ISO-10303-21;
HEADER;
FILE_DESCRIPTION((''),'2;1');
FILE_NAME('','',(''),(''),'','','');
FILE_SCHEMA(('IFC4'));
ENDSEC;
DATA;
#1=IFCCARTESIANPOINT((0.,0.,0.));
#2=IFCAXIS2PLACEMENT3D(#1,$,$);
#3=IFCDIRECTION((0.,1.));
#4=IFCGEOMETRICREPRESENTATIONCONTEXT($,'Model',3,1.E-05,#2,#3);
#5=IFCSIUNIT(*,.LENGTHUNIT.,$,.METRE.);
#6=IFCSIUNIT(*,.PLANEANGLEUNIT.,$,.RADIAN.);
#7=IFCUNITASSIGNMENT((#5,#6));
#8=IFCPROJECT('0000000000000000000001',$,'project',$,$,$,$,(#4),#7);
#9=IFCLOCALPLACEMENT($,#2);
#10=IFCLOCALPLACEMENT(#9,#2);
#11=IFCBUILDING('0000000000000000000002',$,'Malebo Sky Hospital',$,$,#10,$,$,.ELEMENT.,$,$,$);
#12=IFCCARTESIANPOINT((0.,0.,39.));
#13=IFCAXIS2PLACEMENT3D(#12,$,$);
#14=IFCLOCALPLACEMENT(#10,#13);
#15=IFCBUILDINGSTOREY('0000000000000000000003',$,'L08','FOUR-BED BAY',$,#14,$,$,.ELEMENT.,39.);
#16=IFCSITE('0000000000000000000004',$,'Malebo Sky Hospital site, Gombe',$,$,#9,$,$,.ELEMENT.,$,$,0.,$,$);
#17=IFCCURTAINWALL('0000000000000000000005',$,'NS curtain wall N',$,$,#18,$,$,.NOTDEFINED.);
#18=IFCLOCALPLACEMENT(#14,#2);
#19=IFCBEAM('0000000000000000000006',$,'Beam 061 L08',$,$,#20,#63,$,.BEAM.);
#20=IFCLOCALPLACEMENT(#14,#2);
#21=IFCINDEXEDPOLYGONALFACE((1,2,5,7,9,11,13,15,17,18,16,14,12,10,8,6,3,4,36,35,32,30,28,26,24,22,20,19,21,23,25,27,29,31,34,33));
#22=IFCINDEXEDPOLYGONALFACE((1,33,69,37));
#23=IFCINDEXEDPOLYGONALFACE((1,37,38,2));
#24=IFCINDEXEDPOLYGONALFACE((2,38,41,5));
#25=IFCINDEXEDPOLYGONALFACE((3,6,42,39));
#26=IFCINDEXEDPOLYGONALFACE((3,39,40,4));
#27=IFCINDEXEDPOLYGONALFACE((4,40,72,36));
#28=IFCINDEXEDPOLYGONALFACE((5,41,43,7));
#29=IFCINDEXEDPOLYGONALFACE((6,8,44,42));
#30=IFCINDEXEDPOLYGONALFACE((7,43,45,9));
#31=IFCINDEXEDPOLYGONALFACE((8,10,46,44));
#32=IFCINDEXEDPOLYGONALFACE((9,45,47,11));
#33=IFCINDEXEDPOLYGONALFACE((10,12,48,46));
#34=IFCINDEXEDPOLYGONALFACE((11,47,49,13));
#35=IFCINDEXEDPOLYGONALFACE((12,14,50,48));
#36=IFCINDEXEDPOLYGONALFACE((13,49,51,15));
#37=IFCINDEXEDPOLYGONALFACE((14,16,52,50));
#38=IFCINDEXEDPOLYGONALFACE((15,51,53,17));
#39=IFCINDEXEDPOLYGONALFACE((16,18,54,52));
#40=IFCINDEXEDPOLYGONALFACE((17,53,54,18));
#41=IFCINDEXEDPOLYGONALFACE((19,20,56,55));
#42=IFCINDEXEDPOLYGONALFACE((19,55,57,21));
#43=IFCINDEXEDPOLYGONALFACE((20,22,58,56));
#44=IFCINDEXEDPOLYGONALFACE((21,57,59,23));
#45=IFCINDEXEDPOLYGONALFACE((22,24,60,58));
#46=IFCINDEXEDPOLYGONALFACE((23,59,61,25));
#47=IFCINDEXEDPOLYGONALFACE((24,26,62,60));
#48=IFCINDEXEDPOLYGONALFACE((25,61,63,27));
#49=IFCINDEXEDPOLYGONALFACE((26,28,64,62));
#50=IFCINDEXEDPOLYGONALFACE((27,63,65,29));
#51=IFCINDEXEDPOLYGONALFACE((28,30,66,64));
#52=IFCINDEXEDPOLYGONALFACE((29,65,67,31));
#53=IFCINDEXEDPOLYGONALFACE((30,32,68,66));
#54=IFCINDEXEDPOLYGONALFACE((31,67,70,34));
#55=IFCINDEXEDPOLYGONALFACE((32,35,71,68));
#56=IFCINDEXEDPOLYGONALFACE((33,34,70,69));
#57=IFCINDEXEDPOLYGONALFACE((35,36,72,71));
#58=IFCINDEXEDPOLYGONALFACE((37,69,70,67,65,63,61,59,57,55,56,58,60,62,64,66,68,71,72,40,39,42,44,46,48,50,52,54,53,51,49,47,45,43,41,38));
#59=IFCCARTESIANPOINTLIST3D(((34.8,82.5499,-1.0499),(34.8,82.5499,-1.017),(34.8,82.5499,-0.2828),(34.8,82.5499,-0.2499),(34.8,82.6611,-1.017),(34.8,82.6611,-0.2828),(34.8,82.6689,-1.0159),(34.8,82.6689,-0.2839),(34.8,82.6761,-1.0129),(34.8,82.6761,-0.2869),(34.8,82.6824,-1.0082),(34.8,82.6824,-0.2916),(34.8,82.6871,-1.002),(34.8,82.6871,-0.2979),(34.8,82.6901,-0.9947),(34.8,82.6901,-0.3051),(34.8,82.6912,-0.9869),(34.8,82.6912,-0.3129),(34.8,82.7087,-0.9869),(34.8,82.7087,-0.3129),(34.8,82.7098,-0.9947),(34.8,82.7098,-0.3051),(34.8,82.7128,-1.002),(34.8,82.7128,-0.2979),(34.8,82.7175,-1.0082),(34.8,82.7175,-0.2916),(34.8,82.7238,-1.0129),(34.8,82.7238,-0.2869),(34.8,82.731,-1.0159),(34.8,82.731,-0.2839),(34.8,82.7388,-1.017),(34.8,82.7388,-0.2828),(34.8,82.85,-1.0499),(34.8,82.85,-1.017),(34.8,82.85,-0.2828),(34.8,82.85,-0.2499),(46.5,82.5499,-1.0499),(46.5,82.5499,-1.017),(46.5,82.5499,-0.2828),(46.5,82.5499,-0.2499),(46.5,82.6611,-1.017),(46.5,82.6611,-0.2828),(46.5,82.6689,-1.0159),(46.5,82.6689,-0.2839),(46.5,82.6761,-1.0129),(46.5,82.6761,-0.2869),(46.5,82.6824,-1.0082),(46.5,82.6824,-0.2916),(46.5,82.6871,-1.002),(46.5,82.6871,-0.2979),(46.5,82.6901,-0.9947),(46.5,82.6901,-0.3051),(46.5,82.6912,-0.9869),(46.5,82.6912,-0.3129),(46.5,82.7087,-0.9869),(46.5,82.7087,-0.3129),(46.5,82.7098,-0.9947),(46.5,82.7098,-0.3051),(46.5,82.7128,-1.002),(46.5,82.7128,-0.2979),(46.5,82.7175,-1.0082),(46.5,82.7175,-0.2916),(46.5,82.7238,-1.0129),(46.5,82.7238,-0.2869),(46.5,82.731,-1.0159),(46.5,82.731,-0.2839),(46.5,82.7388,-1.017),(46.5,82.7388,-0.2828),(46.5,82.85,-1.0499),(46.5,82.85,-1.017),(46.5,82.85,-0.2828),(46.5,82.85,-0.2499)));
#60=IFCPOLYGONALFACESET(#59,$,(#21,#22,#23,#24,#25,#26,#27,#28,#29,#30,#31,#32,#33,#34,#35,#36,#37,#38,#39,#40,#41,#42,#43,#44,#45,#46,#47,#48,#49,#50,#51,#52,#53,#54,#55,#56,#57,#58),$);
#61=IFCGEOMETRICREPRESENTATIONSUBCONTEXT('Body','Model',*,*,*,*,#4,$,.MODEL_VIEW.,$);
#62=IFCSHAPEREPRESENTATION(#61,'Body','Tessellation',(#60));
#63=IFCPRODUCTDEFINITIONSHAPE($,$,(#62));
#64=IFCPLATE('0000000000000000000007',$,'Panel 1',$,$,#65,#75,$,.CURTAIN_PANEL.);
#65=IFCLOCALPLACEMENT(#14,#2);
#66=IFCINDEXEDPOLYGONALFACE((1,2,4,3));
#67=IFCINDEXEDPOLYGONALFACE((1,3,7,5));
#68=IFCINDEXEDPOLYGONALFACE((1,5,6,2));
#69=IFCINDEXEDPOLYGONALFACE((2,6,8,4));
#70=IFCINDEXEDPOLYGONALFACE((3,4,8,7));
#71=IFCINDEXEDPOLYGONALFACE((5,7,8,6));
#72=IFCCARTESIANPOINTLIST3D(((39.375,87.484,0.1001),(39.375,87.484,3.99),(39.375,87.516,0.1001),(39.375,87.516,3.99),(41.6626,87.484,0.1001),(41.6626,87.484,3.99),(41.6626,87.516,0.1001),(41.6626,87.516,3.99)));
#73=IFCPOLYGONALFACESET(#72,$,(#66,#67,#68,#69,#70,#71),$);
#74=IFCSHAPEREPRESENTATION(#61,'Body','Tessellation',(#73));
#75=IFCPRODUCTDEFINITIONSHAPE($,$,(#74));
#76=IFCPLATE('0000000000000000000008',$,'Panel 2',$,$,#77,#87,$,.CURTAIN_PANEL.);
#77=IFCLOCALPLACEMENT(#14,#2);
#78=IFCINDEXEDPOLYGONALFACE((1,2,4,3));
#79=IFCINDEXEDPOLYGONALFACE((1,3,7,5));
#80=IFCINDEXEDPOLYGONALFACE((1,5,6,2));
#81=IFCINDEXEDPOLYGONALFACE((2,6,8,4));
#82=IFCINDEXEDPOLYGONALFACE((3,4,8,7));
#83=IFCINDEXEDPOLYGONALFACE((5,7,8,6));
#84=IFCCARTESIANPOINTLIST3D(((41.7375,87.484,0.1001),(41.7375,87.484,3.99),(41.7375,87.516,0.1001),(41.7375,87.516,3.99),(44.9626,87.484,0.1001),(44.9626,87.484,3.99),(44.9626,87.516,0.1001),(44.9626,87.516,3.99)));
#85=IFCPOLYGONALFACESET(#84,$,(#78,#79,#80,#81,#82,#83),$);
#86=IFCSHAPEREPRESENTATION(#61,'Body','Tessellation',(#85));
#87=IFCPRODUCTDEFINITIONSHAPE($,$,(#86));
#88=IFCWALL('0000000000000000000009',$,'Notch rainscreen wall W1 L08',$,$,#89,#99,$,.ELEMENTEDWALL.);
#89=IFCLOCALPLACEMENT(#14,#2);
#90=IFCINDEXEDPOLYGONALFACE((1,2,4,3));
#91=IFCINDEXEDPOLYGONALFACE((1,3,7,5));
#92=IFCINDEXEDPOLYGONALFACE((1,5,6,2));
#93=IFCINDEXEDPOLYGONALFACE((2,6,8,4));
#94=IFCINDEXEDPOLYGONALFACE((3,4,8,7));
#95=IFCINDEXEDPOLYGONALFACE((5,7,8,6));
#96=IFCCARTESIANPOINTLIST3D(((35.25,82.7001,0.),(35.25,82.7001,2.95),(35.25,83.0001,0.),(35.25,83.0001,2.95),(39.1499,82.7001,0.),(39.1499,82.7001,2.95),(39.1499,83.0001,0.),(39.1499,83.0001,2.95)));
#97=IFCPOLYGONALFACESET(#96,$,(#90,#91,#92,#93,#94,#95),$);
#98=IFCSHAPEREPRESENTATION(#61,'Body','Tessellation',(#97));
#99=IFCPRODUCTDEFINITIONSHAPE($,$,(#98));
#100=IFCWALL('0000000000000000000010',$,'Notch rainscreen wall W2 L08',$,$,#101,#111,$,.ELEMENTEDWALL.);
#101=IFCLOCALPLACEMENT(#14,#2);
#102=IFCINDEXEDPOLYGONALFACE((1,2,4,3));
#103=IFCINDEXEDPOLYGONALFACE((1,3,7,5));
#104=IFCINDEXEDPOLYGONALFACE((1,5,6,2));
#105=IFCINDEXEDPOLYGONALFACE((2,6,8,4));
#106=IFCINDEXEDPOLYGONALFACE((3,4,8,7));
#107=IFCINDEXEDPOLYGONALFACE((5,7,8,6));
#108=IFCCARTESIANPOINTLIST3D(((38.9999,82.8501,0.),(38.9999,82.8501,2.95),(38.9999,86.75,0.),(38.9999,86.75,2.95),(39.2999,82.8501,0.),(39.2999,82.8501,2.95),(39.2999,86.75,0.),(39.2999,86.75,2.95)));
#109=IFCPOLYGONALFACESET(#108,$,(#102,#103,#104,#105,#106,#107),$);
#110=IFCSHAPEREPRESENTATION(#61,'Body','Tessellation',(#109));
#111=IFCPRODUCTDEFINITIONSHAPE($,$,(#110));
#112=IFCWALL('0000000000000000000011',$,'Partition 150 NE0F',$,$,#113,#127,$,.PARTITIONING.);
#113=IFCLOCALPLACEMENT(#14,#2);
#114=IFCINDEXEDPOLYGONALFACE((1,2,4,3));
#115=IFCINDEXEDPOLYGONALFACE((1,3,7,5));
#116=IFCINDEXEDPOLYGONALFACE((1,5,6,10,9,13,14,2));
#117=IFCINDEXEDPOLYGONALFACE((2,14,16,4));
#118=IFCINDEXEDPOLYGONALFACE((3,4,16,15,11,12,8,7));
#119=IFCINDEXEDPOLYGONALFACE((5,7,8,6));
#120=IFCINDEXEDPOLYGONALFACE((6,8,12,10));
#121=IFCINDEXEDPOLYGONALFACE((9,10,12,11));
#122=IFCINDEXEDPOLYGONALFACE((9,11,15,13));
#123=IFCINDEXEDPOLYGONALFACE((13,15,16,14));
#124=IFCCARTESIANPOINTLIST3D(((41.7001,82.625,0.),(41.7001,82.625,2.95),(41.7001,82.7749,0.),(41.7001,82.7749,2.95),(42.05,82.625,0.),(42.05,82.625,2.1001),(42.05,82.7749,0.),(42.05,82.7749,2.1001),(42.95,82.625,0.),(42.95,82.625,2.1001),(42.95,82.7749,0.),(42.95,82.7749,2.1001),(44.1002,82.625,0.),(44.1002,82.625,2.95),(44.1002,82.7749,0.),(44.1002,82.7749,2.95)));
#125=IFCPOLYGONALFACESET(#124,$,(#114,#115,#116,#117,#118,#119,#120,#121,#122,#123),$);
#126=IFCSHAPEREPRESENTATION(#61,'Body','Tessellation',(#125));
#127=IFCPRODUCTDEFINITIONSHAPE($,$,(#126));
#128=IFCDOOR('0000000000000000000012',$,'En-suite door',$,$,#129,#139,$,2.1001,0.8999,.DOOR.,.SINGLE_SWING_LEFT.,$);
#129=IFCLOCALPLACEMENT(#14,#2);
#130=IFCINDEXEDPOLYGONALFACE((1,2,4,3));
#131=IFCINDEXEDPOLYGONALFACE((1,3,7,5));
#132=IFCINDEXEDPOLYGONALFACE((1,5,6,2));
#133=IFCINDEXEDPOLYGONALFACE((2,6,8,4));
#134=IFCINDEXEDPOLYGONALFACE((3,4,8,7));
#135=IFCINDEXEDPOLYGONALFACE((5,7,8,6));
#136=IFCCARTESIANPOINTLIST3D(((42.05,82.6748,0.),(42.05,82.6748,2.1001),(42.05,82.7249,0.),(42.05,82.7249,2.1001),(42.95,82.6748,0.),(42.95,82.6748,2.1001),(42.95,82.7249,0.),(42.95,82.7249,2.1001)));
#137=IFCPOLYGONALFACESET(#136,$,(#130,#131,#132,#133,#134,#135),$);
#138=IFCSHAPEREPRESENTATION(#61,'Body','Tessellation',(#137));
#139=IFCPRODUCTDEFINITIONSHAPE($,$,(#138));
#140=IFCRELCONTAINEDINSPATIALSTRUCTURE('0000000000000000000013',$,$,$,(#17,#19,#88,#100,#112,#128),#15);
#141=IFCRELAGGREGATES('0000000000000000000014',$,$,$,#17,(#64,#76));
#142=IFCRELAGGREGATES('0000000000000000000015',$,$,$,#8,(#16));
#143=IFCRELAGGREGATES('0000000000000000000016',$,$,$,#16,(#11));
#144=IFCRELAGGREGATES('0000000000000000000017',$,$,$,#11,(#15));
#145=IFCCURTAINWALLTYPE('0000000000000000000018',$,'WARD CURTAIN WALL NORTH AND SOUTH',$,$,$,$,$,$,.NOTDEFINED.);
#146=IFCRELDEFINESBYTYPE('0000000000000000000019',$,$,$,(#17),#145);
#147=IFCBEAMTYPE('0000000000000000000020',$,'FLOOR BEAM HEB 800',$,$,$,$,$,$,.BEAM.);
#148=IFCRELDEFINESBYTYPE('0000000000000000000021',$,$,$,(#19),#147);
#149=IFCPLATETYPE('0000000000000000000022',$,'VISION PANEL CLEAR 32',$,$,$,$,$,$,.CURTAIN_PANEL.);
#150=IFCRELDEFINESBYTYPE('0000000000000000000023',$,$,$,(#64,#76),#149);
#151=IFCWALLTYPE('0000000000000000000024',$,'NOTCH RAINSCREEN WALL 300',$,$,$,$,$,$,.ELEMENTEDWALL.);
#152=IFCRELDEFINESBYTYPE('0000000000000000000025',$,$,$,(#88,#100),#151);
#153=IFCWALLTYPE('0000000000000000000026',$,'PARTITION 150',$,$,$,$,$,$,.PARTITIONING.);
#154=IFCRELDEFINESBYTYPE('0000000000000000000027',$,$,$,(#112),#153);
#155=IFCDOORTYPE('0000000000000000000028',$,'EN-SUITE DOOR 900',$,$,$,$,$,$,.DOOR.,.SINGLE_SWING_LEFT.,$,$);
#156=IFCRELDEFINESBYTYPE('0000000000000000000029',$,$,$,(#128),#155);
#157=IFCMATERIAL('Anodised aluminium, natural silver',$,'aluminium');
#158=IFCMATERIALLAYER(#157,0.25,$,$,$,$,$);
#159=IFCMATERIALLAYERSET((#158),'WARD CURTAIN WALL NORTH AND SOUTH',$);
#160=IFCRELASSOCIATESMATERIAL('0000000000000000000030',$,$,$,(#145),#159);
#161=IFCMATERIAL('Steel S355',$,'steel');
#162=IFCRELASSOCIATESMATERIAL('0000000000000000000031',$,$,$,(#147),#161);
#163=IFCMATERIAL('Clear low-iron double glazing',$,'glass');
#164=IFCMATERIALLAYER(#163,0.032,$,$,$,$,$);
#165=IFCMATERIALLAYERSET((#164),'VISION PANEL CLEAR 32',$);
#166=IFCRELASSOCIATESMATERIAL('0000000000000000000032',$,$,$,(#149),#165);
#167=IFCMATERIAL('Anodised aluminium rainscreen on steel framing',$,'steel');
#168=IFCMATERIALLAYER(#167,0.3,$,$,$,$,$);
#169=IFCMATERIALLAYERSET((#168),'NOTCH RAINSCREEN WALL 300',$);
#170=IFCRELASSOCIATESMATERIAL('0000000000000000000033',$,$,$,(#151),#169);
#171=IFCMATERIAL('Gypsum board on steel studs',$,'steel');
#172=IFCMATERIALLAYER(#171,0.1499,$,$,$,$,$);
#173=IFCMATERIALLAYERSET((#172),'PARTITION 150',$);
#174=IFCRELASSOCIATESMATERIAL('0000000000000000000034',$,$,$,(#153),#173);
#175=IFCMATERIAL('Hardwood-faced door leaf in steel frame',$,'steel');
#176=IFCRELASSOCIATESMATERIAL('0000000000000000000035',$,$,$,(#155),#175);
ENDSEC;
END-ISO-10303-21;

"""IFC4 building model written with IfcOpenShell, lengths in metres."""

from ifc_helpers import new_model, si_unit, direction, frame, frame_2d, origin, origin_2d, place, context, subcontext, project, spatial, rectangle, i_section, extrude, material, layer, layer_set, material_profile, profile_set, type_object, element, fill, aggregate, save


model = new_model("IFC4")

# Units and contexts
model_context = context("Model", 3, precision=1e-05, world=origin(), true_north=direction((0.0, 1.0)))
body_context = subcontext(model_context, "Body", "Model", "MODEL_VIEW")
ifc_project = project(units=[si_unit("LENGTHUNIT", "METRE"), si_unit("PLANEANGLEUNIT", "RADIAN")], contexts=[model_context])

# Site, building, storey
site_placement = place(None, origin())
site = spatial("IfcSite", under=ifc_project, at=site_placement, Name="Malebo Sky Hospital site, Gombe", CompositionType="ELEMENT", RefElevation=0.0)
building_placement = place(site_placement, origin())
building = spatial("IfcBuilding", under=site, at=building_placement, Name="Malebo Sky Hospital", CompositionType="ELEMENT")
storey_placement = place(building_placement, frame((0.0, 0.0, 39.0)))
storey = spatial("IfcBuildingStorey", under=building, at=storey_placement, Name="L08", Description="FOUR-BED BAY", CompositionType="ELEMENT", Elevation=39.0)

# Curtain wall
ifc_material_1 = material(Name="Anodised aluminium, natural silver", Category="aluminium")
ifc_layer_1 = layer(ifc_material_1, 0.25)
ifc_layer_set_1 = layer_set([ifc_layer_1], Name="WARD CURTAIN WALL NORTH AND SOUTH")
curtain_wall_type_1 = type_object("IfcCurtainWallType", Name="WARD CURTAIN WALL NORTH AND SOUTH", PredefinedType="NOTDEFINED", material=ifc_layer_set_1)
curtain_wall_1_placement = place(storey_placement, origin())
curtain_wall_1 = element("IfcCurtainWall", 1, at=curtain_wall_1_placement, inside=storey, type_object=curtain_wall_type_1, Name="NS curtain wall N", PredefinedType="NOTDEFINED")

# Beam
ifc_material_2 = material(Name="Steel S355", Category="steel")
ifc_material_profile_1 = material_profile(ifc_material_2, i_section(OverallWidth=0.3, OverallDepth=0.8, WebThickness=0.0176, FlangeThickness=0.033, FilletRadius=0.03, at=origin_2d()), Name="HEB 800")
ifc_profile_set_1 = profile_set([ifc_material_profile_1], Name="Steel S355")
beam_type_1 = type_object("IfcBeamType", Name="FLOOR BEAM HEB 800", PredefinedType="BEAM", material=ifc_profile_set_1)
beam_1_placement = place(storey_placement, frame((34.8, 82.7, -0.6499), z_axis=(1.0, 0.0, 0.0), x_axis=(0.0, 1.0, 0.0)))
element("IfcBeam", 2, at=beam_1_placement, inside=storey, type_object=beam_type_1, Name="Beam 061 L08", PredefinedType="BEAM", context=body_context, shape_type="SweptSolid", body=[
    extrude(i_section(OverallWidth=0.3, OverallDepth=0.8, WebThickness=0.0176, FlangeThickness=0.033, FilletRadius=0.03, at=origin_2d()), origin(), (0.0, 0.0, 1.0), 11.7),
])

# Plates
ifc_material_3 = material(Name="Clear low-iron double glazing", Category="glass")
ifc_layer_2 = layer(ifc_material_3, 0.032)
ifc_layer_set_2 = layer_set([ifc_layer_2], Name="VISION PANEL CLEAR 32")
plate_type = type_object("IfcPlateType", Name="VISION PANEL CLEAR 32", PredefinedType="CURTAIN_PANEL", material=ifc_layer_set_2)
plate_1_placement = place(storey_placement, frame((40.5188, 87.5, 0.1001), z_axis=(0.0, 0.0, 1.0), x_axis=(1.0, 0.0, 0.0)))
plate_1 = element("IfcPlate", 3, at=plate_1_placement, type_object=plate_type, Name="Panel 1", PredefinedType="CURTAIN_PANEL", context=body_context, shape_type="SweptSolid", body=[
    extrude(rectangle(XDim=2.2876, YDim=0.032, at=origin_2d()), origin(), (0.0, 0.0, 1.0), 3.8899),
])
plate_2_placement = place(storey_placement, frame((43.3501, 87.5, 0.1001), z_axis=(0.0, 0.0, 1.0), x_axis=(1.0, 0.0, 0.0)))
plate_2 = element("IfcPlate", 4, at=plate_2_placement, type_object=plate_type, Name="Panel 2", PredefinedType="CURTAIN_PANEL", context=body_context, shape_type="SweptSolid", body=[
    extrude(rectangle(XDim=3.2251, YDim=0.032, at=origin_2d()), origin(), (0.0, 0.0, 1.0), 3.8899),
])
aggregate(curtain_wall_1, [plate_1, plate_2])

# Walls
ifc_material_4 = material(Name="Anodised aluminium rainscreen on steel framing", Category="steel")
ifc_layer_3 = layer(ifc_material_4, 0.3)
ifc_layer_set_3 = layer_set([ifc_layer_3], Name="NOTCH RAINSCREEN WALL 300")
wall_type_1 = type_object("IfcWallType", Name="NOTCH RAINSCREEN WALL 300", PredefinedType="ELEMENTEDWALL", material=ifc_layer_set_3)
for number, where, z_axis, x_axis, name in (
    (5, (35.25, 82.8501, 0.0), (0.0, 0.0, 1.0), (1.0, 0.0, 0.0), "Notch rainscreen wall W1 L08"),
    (6, (39.1499, 82.8501, 0.0), (0.0, 0.0, 1.0), (0.0, 1.0, 0.0), "Notch rainscreen wall W2 L08"),
):
    element("IfcWall", number, at=place(storey_placement, frame(where, z_axis=z_axis, x_axis=x_axis)), inside=storey, type_object=wall_type_1, Name=name, PredefinedType="ELEMENTEDWALL", context=body_context, shape_type="SweptSolid", body=[
        extrude(rectangle(XDim=3.8999, YDim=0.3, at=frame_2d((1.95, 0.0))), origin(), (0.0, 0.0, 1.0), 2.95),
    ])

# Wall, opening, door
ifc_material_5 = material(Name="Gypsum board on steel studs", Category="steel")
ifc_layer_4 = layer(ifc_material_5, 0.1499)
ifc_layer_set_4 = layer_set([ifc_layer_4], Name="PARTITION 150")
wall_type_2 = type_object("IfcWallType", Name="PARTITION 150", PredefinedType="PARTITIONING", material=ifc_layer_set_4)
wall_placement = place(storey_placement, frame((41.7, 82.7, 0.0), z_axis=(0.0, 0.0, 1.0), x_axis=(1.0, 0.0, 0.0)))
wall = element("IfcWall", 7, at=wall_placement, inside=storey, type_object=wall_type_2, Name="Partition 150 NE0F", PredefinedType="PARTITIONING", context=body_context, shape_type="SweptSolid", body=[
    extrude(rectangle(XDim=2.4001, YDim=0.1499, at=frame_2d((1.2002, 0.0))), origin(), (0.0, 0.0, 1.0), 2.95),
])
opening_placement = place(wall_placement, frame((0.3501, 0.0, 0.0)))
opening = element("IfcOpeningElement", 8, at=opening_placement, cuts=wall, PredefinedType="OPENING", context=body_context, shape_type="SweptSolid", body=[
    extrude(rectangle(XDim=0.8999, YDim=2.1001, at=frame_2d((0.45, 1.05))), frame((0.0, 0.085, 0.0), z_axis=(0.0, -1.0, 0.0), x_axis=(1.0, 0.0, 0.0)), (0.0, 0.0, 1.0), 0.1699),
])
ifc_material_6 = material(Name="Hardwood-faced door leaf in steel frame", Category="steel")
door_type = type_object("IfcDoorType", Name="EN-SUITE DOOR 900", OperationType="SINGLE_SWING_LEFT", PredefinedType="DOOR", material=ifc_material_6)
door_placement = place(opening_placement, origin())
door = element("IfcDoor", 9, at=door_placement, inside=storey, type_object=door_type, Name="En-suite door", OperationType="SINGLE_SWING_LEFT", OverallHeight=2.1001, OverallWidth=0.8999, PredefinedType="DOOR", context=body_context, shape_type="SweptSolid", body=[
    extrude(rectangle(XDim=0.8999, YDim=2.1001, at=frame_2d((0.45, 1.05))), frame((0.0, 0.0249, 0.0), z_axis=(0.0, -1.0, 0.0), x_axis=(1.0, 0.0, 0.0)), (0.0, 0.0, 1.0), 0.05),
])
fill(opening, door)

save(model, "model.ifc")
